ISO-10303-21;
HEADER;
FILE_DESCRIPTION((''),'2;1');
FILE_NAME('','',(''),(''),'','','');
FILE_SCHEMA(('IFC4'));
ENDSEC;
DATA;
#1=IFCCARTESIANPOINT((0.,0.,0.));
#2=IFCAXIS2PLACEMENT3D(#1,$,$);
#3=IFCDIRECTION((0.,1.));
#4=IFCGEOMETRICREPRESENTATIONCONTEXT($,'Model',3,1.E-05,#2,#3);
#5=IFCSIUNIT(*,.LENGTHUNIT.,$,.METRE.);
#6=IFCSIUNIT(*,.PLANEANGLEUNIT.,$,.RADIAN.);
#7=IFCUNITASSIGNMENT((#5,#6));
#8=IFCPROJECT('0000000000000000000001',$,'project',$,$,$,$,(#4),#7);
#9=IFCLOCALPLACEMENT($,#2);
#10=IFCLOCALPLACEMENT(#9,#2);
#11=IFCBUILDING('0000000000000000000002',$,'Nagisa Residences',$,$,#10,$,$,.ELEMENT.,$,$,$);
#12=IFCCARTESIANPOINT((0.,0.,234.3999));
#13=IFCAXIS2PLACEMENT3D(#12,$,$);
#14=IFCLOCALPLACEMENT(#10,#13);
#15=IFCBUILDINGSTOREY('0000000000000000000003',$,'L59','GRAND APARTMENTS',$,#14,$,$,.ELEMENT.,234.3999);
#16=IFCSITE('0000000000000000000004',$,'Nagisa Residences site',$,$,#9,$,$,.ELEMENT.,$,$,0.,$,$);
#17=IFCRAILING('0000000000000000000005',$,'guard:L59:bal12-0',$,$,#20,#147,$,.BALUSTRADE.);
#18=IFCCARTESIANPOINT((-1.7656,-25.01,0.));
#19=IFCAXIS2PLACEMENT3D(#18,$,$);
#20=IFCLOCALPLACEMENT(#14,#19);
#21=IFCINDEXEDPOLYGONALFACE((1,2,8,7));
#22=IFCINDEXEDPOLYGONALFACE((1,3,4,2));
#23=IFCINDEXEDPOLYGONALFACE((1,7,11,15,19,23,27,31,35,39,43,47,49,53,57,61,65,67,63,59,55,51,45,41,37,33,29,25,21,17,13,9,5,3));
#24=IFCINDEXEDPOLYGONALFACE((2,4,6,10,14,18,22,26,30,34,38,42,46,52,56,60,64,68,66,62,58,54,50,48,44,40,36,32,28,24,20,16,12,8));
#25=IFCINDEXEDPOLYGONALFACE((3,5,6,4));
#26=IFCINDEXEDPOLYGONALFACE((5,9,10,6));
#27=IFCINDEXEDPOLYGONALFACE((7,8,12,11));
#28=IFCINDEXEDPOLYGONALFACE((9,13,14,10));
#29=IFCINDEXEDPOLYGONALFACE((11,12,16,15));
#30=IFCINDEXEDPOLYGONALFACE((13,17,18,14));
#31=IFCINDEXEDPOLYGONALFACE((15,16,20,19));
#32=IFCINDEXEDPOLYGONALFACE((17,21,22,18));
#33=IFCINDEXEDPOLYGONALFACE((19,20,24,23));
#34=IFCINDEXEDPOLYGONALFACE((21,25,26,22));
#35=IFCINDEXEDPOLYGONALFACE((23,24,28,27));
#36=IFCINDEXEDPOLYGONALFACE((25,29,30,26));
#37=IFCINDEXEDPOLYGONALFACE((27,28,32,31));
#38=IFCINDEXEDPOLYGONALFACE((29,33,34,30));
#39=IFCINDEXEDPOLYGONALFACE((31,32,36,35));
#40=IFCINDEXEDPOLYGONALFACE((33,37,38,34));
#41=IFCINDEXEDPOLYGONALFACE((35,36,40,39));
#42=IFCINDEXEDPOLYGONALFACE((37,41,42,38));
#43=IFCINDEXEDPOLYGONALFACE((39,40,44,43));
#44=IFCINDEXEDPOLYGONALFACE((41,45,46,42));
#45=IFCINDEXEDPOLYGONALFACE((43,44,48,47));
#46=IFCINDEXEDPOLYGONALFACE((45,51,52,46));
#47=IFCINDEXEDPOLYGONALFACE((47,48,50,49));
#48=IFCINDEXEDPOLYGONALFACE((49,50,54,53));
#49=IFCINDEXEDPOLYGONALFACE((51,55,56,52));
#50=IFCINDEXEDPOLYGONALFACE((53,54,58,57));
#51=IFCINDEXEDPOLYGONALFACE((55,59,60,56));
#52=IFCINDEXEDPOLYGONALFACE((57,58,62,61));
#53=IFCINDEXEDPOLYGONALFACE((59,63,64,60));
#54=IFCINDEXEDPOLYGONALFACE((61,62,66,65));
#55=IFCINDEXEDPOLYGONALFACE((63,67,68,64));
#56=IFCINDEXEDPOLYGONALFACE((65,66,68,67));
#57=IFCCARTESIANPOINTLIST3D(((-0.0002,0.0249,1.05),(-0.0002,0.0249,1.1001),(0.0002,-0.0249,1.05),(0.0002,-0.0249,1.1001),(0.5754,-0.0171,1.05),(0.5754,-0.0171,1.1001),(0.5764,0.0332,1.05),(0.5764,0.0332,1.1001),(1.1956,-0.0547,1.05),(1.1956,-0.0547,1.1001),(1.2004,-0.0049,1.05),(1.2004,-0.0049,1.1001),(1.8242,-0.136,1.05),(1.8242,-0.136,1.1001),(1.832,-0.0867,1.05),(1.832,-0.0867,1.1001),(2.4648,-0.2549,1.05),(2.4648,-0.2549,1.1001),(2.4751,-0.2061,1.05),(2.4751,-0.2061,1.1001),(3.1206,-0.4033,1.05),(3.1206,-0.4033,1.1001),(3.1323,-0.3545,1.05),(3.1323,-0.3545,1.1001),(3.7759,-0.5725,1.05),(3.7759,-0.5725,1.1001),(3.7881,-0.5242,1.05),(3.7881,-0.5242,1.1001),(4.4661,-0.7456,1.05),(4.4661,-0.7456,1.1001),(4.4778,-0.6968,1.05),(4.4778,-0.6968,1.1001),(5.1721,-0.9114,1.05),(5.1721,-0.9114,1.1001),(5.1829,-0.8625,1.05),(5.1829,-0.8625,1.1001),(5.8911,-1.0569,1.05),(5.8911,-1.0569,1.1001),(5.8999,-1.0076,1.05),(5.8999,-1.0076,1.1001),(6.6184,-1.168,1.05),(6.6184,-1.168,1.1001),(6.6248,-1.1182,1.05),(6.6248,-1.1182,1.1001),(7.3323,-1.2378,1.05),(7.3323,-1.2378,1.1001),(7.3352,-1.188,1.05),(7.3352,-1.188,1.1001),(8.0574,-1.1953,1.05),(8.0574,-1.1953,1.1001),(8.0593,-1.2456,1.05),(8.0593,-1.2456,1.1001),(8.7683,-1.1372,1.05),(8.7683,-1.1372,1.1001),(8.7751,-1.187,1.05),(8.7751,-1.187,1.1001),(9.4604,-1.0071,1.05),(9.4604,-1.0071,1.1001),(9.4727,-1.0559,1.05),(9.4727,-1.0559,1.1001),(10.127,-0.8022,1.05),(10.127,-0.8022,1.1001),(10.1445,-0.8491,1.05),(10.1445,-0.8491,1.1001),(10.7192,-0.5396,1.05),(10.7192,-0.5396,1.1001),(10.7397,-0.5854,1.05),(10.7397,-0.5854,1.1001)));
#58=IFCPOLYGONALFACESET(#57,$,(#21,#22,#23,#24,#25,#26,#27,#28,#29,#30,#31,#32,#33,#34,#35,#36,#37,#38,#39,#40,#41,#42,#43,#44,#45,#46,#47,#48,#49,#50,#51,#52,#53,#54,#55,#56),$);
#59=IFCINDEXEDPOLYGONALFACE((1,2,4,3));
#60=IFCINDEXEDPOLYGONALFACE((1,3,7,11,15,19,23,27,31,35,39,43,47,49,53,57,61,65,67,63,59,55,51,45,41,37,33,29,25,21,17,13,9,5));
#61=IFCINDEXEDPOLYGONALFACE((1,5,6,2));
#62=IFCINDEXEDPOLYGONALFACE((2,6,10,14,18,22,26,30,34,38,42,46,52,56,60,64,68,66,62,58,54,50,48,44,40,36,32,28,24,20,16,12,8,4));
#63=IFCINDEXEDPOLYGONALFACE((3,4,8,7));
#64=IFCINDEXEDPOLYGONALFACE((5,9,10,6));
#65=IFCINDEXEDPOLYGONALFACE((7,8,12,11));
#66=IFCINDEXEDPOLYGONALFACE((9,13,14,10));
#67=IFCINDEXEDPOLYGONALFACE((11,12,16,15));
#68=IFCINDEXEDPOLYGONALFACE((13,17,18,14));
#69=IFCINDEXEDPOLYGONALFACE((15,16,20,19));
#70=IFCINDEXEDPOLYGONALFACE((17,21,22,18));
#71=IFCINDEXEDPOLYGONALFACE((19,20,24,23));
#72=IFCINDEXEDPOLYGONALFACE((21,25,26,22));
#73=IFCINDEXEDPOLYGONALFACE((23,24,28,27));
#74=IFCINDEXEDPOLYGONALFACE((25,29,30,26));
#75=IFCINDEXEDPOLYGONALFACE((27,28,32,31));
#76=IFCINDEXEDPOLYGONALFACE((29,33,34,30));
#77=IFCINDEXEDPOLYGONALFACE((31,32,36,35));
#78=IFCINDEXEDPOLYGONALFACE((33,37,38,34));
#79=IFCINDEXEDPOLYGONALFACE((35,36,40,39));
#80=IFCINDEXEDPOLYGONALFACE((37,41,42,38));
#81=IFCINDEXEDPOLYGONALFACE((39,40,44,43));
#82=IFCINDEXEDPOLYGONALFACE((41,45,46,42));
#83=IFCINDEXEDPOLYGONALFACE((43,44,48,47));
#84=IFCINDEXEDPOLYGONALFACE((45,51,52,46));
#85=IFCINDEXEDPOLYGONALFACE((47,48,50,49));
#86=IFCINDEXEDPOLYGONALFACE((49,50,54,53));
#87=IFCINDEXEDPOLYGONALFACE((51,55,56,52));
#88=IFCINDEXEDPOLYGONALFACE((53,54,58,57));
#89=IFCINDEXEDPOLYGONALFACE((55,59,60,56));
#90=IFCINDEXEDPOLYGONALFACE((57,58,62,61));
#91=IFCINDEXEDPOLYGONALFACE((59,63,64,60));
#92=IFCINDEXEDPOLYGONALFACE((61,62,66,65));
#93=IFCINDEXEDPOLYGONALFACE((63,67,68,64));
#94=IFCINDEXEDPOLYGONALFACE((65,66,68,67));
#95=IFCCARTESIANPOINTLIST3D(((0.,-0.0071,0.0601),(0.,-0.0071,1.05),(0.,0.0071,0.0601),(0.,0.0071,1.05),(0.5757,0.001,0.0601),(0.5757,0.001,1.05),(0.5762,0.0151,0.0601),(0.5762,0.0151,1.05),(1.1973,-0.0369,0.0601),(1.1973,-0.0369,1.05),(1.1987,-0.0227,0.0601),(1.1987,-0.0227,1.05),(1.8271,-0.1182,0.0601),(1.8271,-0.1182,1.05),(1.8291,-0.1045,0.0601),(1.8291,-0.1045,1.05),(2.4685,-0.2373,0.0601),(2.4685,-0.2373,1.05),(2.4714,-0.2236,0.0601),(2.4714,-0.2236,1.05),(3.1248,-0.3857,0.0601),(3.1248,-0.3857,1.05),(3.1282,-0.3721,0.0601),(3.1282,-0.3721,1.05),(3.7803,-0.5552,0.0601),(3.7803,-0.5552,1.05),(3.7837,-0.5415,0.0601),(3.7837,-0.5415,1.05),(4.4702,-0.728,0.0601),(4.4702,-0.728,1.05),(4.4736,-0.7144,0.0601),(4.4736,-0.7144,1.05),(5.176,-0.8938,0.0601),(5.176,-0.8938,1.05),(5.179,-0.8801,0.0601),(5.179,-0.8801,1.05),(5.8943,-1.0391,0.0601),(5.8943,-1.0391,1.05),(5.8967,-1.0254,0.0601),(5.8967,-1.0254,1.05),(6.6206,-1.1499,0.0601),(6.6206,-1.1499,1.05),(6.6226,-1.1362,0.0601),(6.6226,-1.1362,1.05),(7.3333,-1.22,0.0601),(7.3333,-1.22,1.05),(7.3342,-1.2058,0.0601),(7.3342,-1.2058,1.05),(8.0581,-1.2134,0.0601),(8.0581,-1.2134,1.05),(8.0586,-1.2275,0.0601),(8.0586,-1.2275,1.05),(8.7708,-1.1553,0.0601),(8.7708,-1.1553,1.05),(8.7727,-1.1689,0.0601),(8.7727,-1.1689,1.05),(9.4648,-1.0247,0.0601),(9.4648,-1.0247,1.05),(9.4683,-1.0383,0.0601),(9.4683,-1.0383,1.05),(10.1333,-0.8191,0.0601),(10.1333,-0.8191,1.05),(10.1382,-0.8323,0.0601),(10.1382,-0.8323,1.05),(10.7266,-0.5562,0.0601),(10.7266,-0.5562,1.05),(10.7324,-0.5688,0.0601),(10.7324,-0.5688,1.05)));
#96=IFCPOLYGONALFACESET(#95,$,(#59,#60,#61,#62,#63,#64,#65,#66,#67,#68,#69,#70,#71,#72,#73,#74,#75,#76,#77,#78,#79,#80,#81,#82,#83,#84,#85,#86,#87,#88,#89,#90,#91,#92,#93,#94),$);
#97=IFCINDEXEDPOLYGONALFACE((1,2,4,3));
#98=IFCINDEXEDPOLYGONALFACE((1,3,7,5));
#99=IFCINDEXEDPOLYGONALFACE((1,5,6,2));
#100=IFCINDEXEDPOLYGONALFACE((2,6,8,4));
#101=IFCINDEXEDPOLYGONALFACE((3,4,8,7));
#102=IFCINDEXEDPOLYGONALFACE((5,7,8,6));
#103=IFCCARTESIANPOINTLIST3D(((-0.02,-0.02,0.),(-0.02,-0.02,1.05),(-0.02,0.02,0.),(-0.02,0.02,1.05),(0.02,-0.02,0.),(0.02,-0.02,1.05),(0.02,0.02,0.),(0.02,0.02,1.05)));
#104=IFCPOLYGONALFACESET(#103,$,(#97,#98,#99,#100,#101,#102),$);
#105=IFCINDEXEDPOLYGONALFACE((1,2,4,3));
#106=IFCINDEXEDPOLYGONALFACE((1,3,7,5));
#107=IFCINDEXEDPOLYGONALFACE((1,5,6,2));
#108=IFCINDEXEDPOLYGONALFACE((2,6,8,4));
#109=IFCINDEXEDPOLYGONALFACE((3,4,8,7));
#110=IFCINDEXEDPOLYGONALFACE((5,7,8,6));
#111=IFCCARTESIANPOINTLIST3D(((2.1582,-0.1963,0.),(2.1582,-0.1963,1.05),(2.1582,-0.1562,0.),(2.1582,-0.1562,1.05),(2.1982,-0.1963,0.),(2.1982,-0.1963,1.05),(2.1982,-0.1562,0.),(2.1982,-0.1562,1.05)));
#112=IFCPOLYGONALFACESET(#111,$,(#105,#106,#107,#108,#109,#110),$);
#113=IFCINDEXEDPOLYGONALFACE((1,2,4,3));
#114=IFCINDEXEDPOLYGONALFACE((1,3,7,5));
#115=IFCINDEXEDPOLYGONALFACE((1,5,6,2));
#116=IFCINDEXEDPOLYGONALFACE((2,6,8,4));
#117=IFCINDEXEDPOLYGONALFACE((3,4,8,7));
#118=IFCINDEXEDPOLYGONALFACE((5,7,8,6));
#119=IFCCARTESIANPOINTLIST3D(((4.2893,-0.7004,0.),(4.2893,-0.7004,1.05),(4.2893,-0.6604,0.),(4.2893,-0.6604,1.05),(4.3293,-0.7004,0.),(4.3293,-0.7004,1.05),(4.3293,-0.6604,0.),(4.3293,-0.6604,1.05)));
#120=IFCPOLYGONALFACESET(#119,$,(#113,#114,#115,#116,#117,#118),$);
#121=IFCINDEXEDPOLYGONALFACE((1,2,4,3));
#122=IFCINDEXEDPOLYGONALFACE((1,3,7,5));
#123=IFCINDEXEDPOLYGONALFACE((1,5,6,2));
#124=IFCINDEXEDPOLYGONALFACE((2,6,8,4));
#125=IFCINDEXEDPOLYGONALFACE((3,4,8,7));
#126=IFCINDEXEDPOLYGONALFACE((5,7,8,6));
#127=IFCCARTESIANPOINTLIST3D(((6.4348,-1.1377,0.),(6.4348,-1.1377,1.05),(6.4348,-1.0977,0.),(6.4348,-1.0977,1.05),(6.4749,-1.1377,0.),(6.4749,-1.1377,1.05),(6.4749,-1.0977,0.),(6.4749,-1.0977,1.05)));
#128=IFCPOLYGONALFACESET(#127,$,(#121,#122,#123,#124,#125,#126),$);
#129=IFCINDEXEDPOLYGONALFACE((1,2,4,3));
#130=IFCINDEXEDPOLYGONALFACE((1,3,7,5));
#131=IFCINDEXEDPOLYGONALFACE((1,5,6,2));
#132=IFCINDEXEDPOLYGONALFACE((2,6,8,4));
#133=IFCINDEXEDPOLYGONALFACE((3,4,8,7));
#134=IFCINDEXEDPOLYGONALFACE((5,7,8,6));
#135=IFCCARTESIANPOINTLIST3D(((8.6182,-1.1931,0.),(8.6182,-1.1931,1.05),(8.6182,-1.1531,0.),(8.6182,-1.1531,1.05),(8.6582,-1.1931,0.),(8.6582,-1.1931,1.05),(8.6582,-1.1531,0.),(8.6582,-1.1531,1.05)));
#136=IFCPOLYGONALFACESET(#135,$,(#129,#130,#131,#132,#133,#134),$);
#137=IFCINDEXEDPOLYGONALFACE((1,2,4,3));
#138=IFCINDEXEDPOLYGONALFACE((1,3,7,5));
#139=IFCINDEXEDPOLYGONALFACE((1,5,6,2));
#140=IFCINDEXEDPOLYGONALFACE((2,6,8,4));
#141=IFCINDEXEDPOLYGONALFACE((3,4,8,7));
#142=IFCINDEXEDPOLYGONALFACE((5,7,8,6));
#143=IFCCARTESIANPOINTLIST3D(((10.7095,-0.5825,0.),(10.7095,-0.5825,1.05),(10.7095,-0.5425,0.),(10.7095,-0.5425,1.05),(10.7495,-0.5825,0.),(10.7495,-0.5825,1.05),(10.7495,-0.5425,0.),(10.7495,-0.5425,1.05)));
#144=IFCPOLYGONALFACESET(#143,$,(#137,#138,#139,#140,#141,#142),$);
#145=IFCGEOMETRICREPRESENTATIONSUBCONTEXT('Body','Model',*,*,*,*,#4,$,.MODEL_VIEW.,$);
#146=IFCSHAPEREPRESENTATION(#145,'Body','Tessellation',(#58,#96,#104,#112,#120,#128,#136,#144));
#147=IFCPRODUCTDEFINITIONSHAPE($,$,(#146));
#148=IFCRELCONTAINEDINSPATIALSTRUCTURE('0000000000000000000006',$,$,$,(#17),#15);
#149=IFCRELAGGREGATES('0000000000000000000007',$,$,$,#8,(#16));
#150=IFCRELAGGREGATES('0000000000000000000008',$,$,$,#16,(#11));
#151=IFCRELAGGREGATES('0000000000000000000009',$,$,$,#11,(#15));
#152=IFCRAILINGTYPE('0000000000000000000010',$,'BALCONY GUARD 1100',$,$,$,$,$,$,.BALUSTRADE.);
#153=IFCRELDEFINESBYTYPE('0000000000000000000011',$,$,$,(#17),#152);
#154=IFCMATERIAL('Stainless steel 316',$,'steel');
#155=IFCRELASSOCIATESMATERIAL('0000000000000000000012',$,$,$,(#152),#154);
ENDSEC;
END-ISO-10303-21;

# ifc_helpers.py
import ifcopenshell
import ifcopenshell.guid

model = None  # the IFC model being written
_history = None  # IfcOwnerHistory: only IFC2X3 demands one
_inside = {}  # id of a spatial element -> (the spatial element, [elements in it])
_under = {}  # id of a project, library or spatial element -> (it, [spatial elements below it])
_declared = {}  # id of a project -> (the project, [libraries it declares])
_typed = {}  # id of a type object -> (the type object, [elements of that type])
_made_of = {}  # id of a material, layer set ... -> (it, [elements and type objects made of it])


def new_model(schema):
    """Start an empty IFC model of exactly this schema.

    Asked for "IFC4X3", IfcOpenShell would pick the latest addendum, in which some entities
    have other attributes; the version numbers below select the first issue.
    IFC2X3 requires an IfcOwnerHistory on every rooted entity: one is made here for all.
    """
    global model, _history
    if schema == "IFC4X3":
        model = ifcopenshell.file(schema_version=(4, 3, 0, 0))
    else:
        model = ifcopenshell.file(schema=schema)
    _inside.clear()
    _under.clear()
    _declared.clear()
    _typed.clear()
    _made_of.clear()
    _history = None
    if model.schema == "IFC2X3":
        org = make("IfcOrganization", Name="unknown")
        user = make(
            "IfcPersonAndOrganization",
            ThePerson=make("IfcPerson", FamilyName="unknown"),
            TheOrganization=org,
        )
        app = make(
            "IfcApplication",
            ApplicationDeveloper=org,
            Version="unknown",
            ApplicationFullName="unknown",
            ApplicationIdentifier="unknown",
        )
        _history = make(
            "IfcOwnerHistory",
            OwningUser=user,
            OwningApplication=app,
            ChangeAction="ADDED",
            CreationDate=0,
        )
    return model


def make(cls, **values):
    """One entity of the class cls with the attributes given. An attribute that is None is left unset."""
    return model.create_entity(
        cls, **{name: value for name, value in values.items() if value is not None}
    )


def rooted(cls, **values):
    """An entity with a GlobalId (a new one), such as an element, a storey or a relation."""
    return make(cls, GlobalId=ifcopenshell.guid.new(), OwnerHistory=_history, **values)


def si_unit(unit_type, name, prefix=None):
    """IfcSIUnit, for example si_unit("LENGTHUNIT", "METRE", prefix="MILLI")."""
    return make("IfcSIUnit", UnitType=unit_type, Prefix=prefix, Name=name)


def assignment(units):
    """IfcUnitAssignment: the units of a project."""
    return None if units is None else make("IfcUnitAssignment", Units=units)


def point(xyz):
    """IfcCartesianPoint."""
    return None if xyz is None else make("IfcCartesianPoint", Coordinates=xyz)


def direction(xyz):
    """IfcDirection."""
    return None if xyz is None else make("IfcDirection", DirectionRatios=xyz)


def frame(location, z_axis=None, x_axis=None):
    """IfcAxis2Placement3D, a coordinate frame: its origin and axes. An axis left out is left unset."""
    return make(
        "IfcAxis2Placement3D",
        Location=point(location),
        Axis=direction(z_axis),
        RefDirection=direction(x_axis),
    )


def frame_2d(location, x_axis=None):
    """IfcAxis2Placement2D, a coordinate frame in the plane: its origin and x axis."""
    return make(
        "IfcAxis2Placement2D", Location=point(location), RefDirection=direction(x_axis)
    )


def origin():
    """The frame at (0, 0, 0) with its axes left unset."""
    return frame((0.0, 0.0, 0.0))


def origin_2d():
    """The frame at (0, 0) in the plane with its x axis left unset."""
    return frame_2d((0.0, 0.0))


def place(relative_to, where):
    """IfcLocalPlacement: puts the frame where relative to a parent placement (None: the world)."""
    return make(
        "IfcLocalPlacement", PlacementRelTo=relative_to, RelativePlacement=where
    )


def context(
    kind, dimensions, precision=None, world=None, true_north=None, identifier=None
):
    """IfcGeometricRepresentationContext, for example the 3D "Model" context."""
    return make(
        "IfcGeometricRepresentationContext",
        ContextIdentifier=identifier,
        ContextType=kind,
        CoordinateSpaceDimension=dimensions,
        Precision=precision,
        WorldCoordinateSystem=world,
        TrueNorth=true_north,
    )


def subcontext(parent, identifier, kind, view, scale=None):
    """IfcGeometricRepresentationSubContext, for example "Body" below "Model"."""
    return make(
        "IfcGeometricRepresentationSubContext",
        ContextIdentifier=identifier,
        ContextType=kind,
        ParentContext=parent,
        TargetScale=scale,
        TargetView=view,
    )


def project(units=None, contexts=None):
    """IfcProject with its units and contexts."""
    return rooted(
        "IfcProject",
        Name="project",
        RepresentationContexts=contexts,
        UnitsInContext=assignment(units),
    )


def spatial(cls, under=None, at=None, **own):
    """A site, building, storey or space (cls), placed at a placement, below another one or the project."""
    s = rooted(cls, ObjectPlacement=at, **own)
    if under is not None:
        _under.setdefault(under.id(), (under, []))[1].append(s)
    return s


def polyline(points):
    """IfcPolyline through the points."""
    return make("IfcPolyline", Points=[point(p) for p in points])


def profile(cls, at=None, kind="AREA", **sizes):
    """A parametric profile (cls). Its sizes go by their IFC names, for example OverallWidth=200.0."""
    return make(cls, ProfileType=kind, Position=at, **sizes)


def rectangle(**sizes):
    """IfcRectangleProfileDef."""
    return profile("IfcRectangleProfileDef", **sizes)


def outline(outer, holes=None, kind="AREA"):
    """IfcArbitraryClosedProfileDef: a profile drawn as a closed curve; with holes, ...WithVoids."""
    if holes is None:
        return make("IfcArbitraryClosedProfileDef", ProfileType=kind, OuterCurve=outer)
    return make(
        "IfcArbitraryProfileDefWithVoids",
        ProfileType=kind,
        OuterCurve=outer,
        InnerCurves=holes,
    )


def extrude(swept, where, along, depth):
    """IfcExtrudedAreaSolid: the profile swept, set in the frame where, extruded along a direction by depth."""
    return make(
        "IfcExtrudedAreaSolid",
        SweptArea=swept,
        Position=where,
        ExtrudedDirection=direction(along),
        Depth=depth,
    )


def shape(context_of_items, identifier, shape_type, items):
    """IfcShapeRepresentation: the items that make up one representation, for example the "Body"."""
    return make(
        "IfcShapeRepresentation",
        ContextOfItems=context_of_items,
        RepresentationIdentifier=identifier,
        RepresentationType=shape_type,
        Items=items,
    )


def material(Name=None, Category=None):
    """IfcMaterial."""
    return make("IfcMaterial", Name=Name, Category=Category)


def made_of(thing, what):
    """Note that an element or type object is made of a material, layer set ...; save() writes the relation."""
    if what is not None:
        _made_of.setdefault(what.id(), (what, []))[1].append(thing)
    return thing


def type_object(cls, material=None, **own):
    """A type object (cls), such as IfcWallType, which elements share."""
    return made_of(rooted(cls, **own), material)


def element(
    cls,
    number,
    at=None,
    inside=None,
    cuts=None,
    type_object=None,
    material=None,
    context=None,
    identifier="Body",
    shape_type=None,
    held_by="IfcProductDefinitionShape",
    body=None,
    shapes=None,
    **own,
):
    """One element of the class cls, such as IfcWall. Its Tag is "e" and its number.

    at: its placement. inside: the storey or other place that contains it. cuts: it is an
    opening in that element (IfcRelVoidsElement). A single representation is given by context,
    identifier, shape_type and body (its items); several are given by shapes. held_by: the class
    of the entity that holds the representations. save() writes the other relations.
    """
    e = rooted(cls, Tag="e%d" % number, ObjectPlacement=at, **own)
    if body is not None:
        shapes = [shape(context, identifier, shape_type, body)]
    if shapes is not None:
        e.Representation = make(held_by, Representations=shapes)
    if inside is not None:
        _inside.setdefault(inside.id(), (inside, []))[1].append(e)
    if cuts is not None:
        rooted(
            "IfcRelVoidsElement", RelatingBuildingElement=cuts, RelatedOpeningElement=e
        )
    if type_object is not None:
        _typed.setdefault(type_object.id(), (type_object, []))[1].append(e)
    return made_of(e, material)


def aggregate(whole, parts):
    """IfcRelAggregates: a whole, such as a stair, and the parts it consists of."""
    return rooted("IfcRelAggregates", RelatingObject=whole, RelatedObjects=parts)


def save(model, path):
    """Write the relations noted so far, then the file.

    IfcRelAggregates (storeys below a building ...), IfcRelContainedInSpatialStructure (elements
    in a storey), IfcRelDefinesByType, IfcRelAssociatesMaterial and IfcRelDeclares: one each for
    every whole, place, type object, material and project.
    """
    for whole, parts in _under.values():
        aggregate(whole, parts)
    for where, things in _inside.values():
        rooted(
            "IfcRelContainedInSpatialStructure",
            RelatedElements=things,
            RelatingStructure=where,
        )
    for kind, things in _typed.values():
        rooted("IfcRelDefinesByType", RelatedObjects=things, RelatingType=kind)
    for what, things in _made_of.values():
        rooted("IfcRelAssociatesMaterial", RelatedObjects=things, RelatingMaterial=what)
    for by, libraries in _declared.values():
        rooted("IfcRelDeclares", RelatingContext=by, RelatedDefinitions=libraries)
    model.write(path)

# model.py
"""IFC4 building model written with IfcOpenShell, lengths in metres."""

from ifc_helpers import new_model, si_unit, direction, frame, origin, origin_2d, place, context, subcontext, project, spatial, polyline, rectangle, outline, extrude, material, type_object, element, save


model = new_model("IFC4")

# Units and contexts
model_context = context("Model", 3, precision=1e-05, world=origin(), true_north=direction((0.0, 1.0)))
body_context = subcontext(model_context, "Body", "Model", "MODEL_VIEW")
ifc_project = project(units=[si_unit("LENGTHUNIT", "METRE"), si_unit("PLANEANGLEUNIT", "RADIAN")], contexts=[model_context])

# Site, building, storey
site_placement = place(None, origin())
site = spatial("IfcSite", under=ifc_project, at=site_placement, Name="Nagisa Residences site", CompositionType="ELEMENT", RefElevation=0.0)
building_placement = place(site_placement, origin())
building = spatial("IfcBuilding", under=site, at=building_placement, Name="Nagisa Residences", CompositionType="ELEMENT")
storey_placement = place(building_placement, frame((0.0, 0.0, 234.3999)))
storey = spatial("IfcBuildingStorey", under=building, at=storey_placement, Name="L59", Description="GRAND APARTMENTS", CompositionType="ELEMENT", Elevation=234.3999)

# Railing
ifc_material_1 = material(Name="Stainless steel 316", Category="steel")
railing_type = type_object("IfcRailingType", Name="BALCONY GUARD 1100", PredefinedType="BALUSTRADE", material=ifc_material_1)
railing_placement = place(storey_placement, frame((-1.7656, -25.01, 0.0)))
element("IfcRailing", 1, at=railing_placement, inside=storey, type_object=railing_type, Name="guard:L59:bal12-0", PredefinedType="BALUSTRADE", context=body_context, shape_type="SweptSolid", body=[
    extrude(outline(polyline([(0.5764, 0.0332), (-0.0002, 0.0249), (0.0002, -0.0249), (0.5754, -0.0171), (1.1956, -0.0547), (1.8242, -0.136), (2.4648, -0.2549), (3.1206, -0.4033), (3.7759, -0.5725), (4.4661, -0.7456), (5.1721, -0.9114), (5.8911, -1.0569), (6.6184, -1.168), (7.3323, -1.2378), (8.0593, -1.2456), (8.7751, -1.187), (9.4727, -1.0559), (10.1445, -0.8491), (10.7397, -0.5854), (10.7192, -0.5396), (10.127, -0.8022), (9.4604, -1.0071), (8.7683, -1.1372), (8.0574, -1.1953), (7.3352, -1.188), (6.6248, -1.1182), (5.8999, -1.0076), (5.1829, -0.8625), (4.4778, -0.6968), (3.7881, -0.5242), (3.1323, -0.3545), (2.4751, -0.2061), (1.832, -0.0867), (1.2004, -0.0049), (0.5764, 0.0332)])), frame((0.0, 0.0, 1.05)), (0.0, 0.0, 1.0), 0.05),
    extrude(outline(polyline([(0.5762, 0.0151), (0.0, 0.0071), (0.0, -0.0071), (0.5757, 0.001), (1.1973, -0.0369), (1.8271, -0.1182), (2.4685, -0.2373), (3.1248, -0.3857), (3.7803, -0.5552), (4.4702, -0.728), (5.176, -0.8938), (5.8943, -1.0391), (6.6206, -1.1499), (7.3333, -1.22), (8.0586, -1.2275), (8.7727, -1.1689), (9.4683, -1.0383), (10.1382, -0.8323), (10.7324, -0.5688), (10.7266, -0.5562), (10.1333, -0.8191), (9.4648, -1.0247), (8.7708, -1.1553), (8.0581, -1.2134), (7.3342, -1.2058), (6.6226, -1.1362), (5.8967, -1.0254), (5.179, -0.8801), (4.4736, -0.7144), (3.7837, -0.5415), (3.1282, -0.3721), (2.4714, -0.2236), (1.8291, -0.1045), (1.1987, -0.0227), (0.5762, 0.0151)])), frame((0.0, 0.0, 0.0601)), (0.0, 0.0, 1.0), 0.99),
    extrude(rectangle(XDim=0.04, YDim=0.04, at=origin_2d()), origin(), (0.0, 0.0, 1.0), 1.05),
    extrude(rectangle(XDim=0.04, YDim=0.04, at=origin_2d()), frame((2.1782, -0.1763, 0.0)), (0.0, 0.0, 1.0), 1.05),
    extrude(rectangle(XDim=0.04, YDim=0.04, at=origin_2d()), frame((4.3093, -0.6804, 0.0)), (0.0, 0.0, 1.0), 1.05),
    extrude(rectangle(XDim=0.04, YDim=0.04, at=origin_2d()), frame((6.4548, -1.1177, 0.0)), (0.0, 0.0, 1.0), 1.05),
    extrude(rectangle(XDim=0.04, YDim=0.04, at=origin_2d()), frame((8.6382, -1.1731, 0.0)), (0.0, 0.0, 1.0), 1.05),
    extrude(rectangle(XDim=0.04, YDim=0.04, at=origin_2d()), frame((10.7295, -0.5625, 0.0)), (0.0, 0.0, 1.0), 1.05),
])

save(model, "model.ifc")
